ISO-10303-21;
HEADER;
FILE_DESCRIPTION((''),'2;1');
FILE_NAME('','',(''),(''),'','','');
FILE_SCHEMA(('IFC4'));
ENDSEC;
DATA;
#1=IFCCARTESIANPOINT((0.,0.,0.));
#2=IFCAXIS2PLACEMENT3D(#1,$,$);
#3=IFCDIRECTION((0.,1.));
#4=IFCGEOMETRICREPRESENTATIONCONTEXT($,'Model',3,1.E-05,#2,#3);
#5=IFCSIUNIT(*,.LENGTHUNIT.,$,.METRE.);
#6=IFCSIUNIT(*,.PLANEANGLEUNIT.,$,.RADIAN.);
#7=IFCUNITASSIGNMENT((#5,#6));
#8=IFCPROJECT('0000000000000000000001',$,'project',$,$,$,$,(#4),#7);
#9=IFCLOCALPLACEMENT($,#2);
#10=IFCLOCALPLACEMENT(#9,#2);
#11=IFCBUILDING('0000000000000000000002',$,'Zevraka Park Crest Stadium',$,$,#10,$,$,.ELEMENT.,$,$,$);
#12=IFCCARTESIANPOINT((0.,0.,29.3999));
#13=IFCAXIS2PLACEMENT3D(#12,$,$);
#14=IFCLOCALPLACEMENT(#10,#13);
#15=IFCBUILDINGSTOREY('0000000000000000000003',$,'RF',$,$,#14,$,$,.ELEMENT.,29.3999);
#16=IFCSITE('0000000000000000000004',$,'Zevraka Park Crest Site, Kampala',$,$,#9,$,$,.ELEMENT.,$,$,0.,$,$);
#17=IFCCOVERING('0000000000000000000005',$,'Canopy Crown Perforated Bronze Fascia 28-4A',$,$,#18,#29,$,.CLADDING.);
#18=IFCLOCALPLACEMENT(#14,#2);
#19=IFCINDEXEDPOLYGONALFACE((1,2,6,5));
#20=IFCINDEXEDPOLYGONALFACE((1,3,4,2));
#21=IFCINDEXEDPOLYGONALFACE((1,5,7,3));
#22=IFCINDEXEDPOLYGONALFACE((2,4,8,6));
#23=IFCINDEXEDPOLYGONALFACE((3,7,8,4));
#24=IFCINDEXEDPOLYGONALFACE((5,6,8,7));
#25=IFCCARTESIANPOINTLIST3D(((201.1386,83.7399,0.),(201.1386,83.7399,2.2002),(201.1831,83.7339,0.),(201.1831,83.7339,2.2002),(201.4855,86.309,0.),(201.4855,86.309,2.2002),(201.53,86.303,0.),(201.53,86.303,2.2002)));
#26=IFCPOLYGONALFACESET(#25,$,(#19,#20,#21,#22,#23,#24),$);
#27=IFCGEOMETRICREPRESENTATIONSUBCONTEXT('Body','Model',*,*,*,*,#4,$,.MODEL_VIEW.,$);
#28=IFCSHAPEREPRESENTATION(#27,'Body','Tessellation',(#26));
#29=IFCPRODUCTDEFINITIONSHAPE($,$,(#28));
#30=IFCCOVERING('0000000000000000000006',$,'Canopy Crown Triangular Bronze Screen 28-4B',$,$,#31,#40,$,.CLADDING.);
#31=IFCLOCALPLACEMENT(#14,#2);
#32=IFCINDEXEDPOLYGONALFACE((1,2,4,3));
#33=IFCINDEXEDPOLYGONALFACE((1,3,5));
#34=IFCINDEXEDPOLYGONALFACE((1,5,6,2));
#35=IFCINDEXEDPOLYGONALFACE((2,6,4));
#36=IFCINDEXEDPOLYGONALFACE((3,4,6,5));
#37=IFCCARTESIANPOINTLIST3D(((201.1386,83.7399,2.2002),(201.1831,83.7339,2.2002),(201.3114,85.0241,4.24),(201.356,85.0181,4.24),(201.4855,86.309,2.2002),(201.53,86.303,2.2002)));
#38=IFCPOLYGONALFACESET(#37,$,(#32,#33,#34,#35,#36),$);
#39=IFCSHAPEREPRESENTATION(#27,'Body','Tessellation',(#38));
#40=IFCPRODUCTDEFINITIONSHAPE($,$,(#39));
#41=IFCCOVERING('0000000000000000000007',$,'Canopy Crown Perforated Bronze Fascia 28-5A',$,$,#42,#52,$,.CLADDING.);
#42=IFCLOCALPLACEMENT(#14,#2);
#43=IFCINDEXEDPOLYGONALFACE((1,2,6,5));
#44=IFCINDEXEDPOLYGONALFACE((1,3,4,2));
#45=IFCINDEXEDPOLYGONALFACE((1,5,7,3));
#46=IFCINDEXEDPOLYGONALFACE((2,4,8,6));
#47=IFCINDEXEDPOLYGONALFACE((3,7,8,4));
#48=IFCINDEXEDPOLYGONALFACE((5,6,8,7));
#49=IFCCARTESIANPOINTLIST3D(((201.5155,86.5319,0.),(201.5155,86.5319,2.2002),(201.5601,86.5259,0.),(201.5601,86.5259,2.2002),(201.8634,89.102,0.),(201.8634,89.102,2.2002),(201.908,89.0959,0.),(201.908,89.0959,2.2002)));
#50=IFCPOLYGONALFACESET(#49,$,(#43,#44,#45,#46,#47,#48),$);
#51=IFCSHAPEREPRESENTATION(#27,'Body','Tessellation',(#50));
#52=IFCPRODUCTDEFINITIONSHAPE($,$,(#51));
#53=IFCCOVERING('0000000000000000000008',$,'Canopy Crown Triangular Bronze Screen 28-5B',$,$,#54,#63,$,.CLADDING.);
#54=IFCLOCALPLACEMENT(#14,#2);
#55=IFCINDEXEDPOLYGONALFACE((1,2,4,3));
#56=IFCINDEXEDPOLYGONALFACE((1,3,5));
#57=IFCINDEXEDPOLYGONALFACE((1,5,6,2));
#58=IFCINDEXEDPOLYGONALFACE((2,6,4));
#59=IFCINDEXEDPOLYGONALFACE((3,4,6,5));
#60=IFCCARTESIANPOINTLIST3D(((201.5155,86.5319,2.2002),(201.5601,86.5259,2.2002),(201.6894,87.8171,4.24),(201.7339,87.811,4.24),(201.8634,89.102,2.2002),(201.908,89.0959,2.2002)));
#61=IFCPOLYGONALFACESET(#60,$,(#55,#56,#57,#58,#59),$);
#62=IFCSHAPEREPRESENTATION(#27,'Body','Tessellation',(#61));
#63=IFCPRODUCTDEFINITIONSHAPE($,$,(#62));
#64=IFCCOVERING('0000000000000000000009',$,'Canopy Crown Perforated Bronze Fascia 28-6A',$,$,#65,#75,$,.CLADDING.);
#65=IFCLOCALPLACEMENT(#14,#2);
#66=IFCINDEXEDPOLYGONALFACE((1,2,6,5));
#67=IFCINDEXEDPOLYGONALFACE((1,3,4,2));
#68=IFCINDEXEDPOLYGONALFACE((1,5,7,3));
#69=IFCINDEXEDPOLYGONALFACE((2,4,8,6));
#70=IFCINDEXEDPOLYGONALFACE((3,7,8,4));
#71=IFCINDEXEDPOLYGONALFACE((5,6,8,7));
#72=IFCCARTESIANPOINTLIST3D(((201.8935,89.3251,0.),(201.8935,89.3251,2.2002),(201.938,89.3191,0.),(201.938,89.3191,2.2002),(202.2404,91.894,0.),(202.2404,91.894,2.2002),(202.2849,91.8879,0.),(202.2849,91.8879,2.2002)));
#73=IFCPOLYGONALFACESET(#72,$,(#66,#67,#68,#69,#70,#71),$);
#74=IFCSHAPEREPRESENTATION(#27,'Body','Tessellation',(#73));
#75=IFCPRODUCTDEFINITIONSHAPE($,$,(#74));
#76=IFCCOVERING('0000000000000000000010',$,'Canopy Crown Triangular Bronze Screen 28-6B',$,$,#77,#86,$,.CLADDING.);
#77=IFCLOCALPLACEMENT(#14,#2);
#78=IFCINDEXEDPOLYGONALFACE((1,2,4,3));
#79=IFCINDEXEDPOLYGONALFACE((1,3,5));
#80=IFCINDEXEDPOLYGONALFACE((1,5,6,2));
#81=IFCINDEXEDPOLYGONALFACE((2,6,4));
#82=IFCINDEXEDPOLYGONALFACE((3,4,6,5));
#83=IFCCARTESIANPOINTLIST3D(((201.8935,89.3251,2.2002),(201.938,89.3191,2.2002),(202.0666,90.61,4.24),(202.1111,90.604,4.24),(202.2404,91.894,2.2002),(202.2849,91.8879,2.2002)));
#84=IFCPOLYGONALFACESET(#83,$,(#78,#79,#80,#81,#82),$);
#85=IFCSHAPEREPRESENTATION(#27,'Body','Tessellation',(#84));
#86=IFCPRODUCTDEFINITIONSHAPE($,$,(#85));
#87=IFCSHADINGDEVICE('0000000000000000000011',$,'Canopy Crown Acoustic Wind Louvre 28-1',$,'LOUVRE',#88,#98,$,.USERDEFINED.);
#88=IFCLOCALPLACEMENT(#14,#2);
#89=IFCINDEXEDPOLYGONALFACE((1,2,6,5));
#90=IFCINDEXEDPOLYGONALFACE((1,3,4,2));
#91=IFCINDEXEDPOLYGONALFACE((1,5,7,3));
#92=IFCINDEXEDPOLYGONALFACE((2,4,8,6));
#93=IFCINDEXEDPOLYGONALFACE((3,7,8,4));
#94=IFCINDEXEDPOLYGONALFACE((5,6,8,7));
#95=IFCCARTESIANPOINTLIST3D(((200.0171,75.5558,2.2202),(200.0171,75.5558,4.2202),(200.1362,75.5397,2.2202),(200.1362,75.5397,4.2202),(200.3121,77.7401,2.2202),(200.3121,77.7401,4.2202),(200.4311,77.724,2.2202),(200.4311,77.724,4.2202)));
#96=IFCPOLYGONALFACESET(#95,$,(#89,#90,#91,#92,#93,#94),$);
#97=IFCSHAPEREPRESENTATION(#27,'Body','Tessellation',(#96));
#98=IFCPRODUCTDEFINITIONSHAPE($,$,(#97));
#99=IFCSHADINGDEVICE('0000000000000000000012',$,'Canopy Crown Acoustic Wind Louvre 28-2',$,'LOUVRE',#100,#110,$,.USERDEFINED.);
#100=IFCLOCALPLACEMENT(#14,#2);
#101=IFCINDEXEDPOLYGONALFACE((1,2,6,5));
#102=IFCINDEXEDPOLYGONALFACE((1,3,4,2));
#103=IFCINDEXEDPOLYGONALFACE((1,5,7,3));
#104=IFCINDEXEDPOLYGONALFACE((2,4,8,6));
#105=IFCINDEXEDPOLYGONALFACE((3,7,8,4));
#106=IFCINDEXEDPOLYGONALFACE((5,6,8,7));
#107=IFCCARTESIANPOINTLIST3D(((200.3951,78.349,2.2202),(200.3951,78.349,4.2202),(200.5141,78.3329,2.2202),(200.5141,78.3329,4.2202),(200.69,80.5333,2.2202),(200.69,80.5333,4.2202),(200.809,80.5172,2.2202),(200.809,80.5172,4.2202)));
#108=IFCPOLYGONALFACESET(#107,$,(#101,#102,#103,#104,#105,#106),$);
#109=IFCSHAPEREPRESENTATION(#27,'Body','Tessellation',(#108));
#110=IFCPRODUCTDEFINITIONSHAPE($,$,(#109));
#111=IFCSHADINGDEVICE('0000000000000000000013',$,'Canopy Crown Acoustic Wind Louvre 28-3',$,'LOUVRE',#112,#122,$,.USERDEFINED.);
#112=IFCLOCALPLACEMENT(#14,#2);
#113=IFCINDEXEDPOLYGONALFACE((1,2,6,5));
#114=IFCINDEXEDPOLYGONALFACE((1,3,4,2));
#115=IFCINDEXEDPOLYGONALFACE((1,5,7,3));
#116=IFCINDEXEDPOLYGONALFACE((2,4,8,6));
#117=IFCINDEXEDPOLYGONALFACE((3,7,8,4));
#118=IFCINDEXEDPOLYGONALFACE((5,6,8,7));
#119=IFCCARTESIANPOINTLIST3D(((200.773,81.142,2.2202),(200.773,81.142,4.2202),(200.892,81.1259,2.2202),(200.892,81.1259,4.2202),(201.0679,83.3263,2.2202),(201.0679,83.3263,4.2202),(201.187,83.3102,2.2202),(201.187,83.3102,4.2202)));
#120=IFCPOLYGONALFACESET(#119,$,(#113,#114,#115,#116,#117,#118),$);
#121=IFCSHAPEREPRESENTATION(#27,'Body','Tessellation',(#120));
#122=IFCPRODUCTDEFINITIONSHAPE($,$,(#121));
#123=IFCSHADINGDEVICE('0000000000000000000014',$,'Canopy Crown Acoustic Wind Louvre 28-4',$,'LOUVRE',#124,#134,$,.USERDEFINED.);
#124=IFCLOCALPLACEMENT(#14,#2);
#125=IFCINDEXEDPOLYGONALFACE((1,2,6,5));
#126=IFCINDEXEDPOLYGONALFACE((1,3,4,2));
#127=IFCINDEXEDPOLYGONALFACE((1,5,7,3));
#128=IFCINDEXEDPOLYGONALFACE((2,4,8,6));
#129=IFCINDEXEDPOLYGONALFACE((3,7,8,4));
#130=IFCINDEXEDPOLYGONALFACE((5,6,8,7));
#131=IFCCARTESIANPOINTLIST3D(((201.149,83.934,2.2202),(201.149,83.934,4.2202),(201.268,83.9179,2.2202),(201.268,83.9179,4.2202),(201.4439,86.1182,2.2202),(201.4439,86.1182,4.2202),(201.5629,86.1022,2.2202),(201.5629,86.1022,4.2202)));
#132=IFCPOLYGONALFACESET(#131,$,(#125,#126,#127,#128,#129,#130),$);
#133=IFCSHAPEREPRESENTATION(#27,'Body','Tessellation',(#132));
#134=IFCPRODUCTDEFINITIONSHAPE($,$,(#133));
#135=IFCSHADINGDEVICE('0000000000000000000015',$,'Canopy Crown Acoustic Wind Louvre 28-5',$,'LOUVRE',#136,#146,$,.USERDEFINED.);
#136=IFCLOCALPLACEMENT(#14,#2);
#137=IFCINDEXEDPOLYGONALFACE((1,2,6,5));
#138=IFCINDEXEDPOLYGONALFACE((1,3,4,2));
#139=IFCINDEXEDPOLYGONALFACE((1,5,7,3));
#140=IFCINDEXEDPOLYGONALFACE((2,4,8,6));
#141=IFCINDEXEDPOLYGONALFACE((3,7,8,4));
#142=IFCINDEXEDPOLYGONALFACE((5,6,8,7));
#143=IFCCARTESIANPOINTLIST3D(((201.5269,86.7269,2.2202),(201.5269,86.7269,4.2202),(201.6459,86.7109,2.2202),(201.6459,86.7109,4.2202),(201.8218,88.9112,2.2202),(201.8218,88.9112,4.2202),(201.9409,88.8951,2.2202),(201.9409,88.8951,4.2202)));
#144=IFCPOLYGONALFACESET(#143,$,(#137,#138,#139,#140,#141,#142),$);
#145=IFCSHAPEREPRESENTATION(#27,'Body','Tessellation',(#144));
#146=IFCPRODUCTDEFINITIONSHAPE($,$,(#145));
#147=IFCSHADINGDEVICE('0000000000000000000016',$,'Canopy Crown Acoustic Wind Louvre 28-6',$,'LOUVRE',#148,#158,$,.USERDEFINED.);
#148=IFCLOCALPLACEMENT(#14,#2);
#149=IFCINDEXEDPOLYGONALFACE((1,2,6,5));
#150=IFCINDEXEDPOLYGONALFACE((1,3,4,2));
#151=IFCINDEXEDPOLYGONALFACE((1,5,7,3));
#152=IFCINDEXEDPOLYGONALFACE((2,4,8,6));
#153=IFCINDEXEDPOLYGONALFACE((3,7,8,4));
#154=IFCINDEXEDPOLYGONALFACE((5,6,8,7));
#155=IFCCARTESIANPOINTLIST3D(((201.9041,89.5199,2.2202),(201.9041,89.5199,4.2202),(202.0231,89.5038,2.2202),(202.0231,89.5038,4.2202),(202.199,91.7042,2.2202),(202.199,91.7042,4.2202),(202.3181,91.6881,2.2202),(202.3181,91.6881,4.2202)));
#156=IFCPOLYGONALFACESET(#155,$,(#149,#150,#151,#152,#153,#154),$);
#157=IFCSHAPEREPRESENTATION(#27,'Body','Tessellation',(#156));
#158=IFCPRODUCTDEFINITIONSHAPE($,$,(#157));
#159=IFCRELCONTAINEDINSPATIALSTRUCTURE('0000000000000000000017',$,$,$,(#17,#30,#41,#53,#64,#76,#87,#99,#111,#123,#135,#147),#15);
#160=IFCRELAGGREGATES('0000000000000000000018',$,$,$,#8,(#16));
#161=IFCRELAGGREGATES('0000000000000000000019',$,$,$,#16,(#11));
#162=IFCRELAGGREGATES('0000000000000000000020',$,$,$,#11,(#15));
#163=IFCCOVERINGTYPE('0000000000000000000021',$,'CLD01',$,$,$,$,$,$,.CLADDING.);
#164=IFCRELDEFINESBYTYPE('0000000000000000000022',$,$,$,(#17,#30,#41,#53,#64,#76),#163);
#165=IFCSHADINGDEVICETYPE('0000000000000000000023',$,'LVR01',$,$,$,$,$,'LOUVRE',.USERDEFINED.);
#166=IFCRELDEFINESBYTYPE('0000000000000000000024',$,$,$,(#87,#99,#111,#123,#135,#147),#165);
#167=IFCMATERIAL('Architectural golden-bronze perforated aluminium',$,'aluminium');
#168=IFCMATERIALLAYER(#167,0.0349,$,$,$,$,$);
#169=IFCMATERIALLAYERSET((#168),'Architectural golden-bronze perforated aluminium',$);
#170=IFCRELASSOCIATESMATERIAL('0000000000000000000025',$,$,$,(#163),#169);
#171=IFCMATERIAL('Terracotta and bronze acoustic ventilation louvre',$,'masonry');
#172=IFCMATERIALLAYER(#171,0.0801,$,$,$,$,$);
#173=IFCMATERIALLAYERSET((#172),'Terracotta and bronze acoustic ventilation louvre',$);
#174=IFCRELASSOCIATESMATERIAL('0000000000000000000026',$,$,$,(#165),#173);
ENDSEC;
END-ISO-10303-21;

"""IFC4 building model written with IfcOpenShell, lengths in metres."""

from ifc_helpers import new_model, si_unit, direction, frame, origin, origin_2d, place, context, subcontext, project, spatial, polyline, rectangle, outline, extrude, material, layer, layer_set, type_object, element, save


model = new_model("IFC4")

# Units and contexts
model_context = context("Model", 3, precision=1e-05, world=origin(), true_north=direction((0.0, 1.0)))
body_context = subcontext(model_context, "Body", "Model", "MODEL_VIEW")
ifc_project = project(units=[si_unit("LENGTHUNIT", "METRE"), si_unit("PLANEANGLEUNIT", "RADIAN")], contexts=[model_context])

# Site, building, storey
site_placement = place(None, origin())
site = spatial("IfcSite", under=ifc_project, at=site_placement, Name="Zevraka Park Crest Site, Kampala", CompositionType="ELEMENT", RefElevation=0.0)
building_placement = place(site_placement, origin())
building = spatial("IfcBuilding", under=site, at=building_placement, Name="Zevraka Park Crest Stadium", CompositionType="ELEMENT")
storey_placement = place(building_placement, frame((0.0, 0.0, 29.3999)))
storey = spatial("IfcBuildingStorey", under=building, at=storey_placement, Name="RF", CompositionType="ELEMENT", Elevation=29.3999)

# Coverings
ifc_material_1 = material(Name="Architectural golden-bronze perforated aluminium", Category="aluminium")
ifc_layer_1 = layer(ifc_material_1, 0.0349)
ifc_layer_set_1 = layer_set([ifc_layer_1], Name="Architectural golden-bronze perforated aluminium")
covering_type = type_object("IfcCoveringType", Name="CLD01", PredefinedType="CLADDING", material=ifc_layer_set_1)
covering_1_placement = place(storey_placement, frame((201.1831, 83.7339, 0.0), z_axis=(0.991005, -0.133823, 0.0), x_axis=(0.133823, 0.991005, 0.0)))
element("IfcCovering", 1, at=covering_1_placement, inside=storey, type_object=covering_type, Name="Canopy Crown Perforated Bronze Fascia 28-4A", PredefinedType="CLADDING", context=body_context, shape_type="SweptSolid", body=[
    extrude(outline(polyline([(0.0, 0.0), (2.5924, 0.0), (2.5924, 2.2002), (0.0, 2.2002), (0.0, 0.0)])), origin(), (0.0, 0.0, -1.0), 0.0449),
])
covering_2_placement = place(storey_placement, frame((201.1831, 83.7339, 2.2002), z_axis=(0.991005, -0.133823, 0.000273), x_axis=(0.133823, 0.991005, 0.0)))
element("IfcCovering", 2, at=covering_2_placement, inside=storey, type_object=covering_type, Name="Canopy Crown Triangular Bronze Screen 28-4B", PredefinedType="CLADDING", context=body_context, shape_type="SweptSolid", body=[
    extrude(outline(polyline([(0.0, 0.0), (2.5924, 0.0), (1.2958, 2.0398), (0.0, 0.0)])), origin(), (0.0, 0.0, -1.0), 0.0449),
])
covering_3_placement = place(storey_placement, frame((201.5601, 86.5259, 0.0), z_axis=(0.990962, -0.134143, 0.0), x_axis=(0.134143, 0.990962, 0.0)))
element("IfcCovering", 3, at=covering_3_placement, inside=storey, type_object=covering_type, Name="Canopy Crown Perforated Bronze Fascia 28-5A", PredefinedType="CLADDING", context=body_context, shape_type="SweptSolid", body=[
    extrude(outline(polyline([(0.0, 0.0), (2.5935, 0.0), (2.5935, 2.2002), (0.0, 2.2002), (0.0, 0.0)])), origin(), (0.0, 0.0, -1.0), 0.0449),
])
covering_4_placement = place(storey_placement, frame((201.5601, 86.5259, 2.2002), z_axis=(0.990962, -0.134143, 0.000067), x_axis=(0.134143, 0.990962, 0.0)))
element("IfcCovering", 4, at=covering_4_placement, inside=storey, type_object=covering_type, Name="Canopy Crown Triangular Bronze Screen 28-5B", PredefinedType="CLADDING", context=body_context, shape_type="SweptSolid", body=[
    extrude(outline(polyline([(0.0, 0.0), (2.5935, 0.0), (1.2969, 2.0398), (0.0, 0.0)])), origin(), (0.0, 0.0, -1.0), 0.0449),
])
covering_5_placement = place(storey_placement, frame((201.938, 89.3191, 0.0), z_axis=(0.991004, -0.133835, 0.0), x_axis=(0.133835, 0.991004, 0.0)))
element("IfcCovering", 5, at=covering_5_placement, inside=storey, type_object=covering_type, Name="Canopy Crown Perforated Bronze Fascia 28-6A", PredefinedType="CLADDING", context=body_context, shape_type="SweptSolid", body=[
    extrude(outline(polyline([(0.0, 0.0), (2.5922, 0.0), (2.5922, 2.2002), (0.0, 2.2002), (0.0, 0.0)])), origin(), (0.0, 0.0, -1.0), 0.0449),
])
covering_6_placement = place(storey_placement, frame((201.938, 89.3191, 2.2002), z_axis=(0.991004, -0.133835, 0.00021), x_axis=(0.133835, 0.991004, 0.0)))
element("IfcCovering", 6, at=covering_6_placement, inside=storey, type_object=covering_type, Name="Canopy Crown Triangular Bronze Screen 28-6B", PredefinedType="CLADDING", context=body_context, shape_type="SweptSolid", body=[
    extrude(outline(polyline([(0.0, 0.0), (2.5922, 0.0), (1.2965, 2.0398), (0.0, 0.0)])), origin(), (0.0, 0.0, -1.0), 0.0449),
])

# Shading devices
ifc_material_2 = material(Name="Terracotta and bronze acoustic ventilation louvre", Category="masonry")
ifc_layer_2 = layer(ifc_material_2, 0.0801)
ifc_layer_set_2 = layer_set([ifc_layer_2], Name="Terracotta and bronze acoustic ventilation louvre")
shading_device_type = type_object("IfcShadingDeviceType", Name="LVR01", ElementType="LOUVRE", PredefinedType="USERDEFINED", material=ifc_layer_set_2)
for number, where, z_axis, x_axis, name in (
    (7, (200.2241, 76.6399, 2.2202), (0.0, 0.0, 1.0), (0.133813, 0.991007, 0.0), "Canopy Crown Acoustic Wind Louvre 28-1"),
    (8, (200.6021, 79.4331, 2.2202), (0.0, 0.0, 1.0), (0.133813, 0.991007, 0.0), "Canopy Crown Acoustic Wind Louvre 28-2"),
    (9, (200.98, 82.2261, 2.2202), (0.0, 0.0, 1.0), (0.133813, 0.991007, 0.0), "Canopy Crown Acoustic Wind Louvre 28-3"),
    (10, (201.356, 85.0181, 2.2202), (0.0, 0.0, 1.0), (0.133813, 0.991007, 0.0), "Canopy Crown Acoustic Wind Louvre 28-4"),
    (11, (201.7339, 87.811, 2.2202), (0.0, 0.0, 1.0), (0.133813, 0.991007, 0.0), "Canopy Crown Acoustic Wind Louvre 28-5"),
    (12, (202.1111, 90.604, 2.2202), (0.0, 0.0, 1.0), (0.133813, 0.991007, 0.0), "Canopy Crown Acoustic Wind Louvre 28-6"),
):
    element("IfcShadingDevice", number, at=place(storey_placement, frame(where, z_axis=z_axis, x_axis=x_axis)), inside=storey, type_object=shading_device_type, Name=name, ObjectType="LOUVRE", PredefinedType="USERDEFINED", context=body_context, shape_type="SweptSolid", body=[
        extrude(rectangle(XDim=2.2041, YDim=0.1201, at=origin_2d()), origin(), (0.0, 0.0, 1.0), 2.0),
    ])

save(model, "model.ifc")
